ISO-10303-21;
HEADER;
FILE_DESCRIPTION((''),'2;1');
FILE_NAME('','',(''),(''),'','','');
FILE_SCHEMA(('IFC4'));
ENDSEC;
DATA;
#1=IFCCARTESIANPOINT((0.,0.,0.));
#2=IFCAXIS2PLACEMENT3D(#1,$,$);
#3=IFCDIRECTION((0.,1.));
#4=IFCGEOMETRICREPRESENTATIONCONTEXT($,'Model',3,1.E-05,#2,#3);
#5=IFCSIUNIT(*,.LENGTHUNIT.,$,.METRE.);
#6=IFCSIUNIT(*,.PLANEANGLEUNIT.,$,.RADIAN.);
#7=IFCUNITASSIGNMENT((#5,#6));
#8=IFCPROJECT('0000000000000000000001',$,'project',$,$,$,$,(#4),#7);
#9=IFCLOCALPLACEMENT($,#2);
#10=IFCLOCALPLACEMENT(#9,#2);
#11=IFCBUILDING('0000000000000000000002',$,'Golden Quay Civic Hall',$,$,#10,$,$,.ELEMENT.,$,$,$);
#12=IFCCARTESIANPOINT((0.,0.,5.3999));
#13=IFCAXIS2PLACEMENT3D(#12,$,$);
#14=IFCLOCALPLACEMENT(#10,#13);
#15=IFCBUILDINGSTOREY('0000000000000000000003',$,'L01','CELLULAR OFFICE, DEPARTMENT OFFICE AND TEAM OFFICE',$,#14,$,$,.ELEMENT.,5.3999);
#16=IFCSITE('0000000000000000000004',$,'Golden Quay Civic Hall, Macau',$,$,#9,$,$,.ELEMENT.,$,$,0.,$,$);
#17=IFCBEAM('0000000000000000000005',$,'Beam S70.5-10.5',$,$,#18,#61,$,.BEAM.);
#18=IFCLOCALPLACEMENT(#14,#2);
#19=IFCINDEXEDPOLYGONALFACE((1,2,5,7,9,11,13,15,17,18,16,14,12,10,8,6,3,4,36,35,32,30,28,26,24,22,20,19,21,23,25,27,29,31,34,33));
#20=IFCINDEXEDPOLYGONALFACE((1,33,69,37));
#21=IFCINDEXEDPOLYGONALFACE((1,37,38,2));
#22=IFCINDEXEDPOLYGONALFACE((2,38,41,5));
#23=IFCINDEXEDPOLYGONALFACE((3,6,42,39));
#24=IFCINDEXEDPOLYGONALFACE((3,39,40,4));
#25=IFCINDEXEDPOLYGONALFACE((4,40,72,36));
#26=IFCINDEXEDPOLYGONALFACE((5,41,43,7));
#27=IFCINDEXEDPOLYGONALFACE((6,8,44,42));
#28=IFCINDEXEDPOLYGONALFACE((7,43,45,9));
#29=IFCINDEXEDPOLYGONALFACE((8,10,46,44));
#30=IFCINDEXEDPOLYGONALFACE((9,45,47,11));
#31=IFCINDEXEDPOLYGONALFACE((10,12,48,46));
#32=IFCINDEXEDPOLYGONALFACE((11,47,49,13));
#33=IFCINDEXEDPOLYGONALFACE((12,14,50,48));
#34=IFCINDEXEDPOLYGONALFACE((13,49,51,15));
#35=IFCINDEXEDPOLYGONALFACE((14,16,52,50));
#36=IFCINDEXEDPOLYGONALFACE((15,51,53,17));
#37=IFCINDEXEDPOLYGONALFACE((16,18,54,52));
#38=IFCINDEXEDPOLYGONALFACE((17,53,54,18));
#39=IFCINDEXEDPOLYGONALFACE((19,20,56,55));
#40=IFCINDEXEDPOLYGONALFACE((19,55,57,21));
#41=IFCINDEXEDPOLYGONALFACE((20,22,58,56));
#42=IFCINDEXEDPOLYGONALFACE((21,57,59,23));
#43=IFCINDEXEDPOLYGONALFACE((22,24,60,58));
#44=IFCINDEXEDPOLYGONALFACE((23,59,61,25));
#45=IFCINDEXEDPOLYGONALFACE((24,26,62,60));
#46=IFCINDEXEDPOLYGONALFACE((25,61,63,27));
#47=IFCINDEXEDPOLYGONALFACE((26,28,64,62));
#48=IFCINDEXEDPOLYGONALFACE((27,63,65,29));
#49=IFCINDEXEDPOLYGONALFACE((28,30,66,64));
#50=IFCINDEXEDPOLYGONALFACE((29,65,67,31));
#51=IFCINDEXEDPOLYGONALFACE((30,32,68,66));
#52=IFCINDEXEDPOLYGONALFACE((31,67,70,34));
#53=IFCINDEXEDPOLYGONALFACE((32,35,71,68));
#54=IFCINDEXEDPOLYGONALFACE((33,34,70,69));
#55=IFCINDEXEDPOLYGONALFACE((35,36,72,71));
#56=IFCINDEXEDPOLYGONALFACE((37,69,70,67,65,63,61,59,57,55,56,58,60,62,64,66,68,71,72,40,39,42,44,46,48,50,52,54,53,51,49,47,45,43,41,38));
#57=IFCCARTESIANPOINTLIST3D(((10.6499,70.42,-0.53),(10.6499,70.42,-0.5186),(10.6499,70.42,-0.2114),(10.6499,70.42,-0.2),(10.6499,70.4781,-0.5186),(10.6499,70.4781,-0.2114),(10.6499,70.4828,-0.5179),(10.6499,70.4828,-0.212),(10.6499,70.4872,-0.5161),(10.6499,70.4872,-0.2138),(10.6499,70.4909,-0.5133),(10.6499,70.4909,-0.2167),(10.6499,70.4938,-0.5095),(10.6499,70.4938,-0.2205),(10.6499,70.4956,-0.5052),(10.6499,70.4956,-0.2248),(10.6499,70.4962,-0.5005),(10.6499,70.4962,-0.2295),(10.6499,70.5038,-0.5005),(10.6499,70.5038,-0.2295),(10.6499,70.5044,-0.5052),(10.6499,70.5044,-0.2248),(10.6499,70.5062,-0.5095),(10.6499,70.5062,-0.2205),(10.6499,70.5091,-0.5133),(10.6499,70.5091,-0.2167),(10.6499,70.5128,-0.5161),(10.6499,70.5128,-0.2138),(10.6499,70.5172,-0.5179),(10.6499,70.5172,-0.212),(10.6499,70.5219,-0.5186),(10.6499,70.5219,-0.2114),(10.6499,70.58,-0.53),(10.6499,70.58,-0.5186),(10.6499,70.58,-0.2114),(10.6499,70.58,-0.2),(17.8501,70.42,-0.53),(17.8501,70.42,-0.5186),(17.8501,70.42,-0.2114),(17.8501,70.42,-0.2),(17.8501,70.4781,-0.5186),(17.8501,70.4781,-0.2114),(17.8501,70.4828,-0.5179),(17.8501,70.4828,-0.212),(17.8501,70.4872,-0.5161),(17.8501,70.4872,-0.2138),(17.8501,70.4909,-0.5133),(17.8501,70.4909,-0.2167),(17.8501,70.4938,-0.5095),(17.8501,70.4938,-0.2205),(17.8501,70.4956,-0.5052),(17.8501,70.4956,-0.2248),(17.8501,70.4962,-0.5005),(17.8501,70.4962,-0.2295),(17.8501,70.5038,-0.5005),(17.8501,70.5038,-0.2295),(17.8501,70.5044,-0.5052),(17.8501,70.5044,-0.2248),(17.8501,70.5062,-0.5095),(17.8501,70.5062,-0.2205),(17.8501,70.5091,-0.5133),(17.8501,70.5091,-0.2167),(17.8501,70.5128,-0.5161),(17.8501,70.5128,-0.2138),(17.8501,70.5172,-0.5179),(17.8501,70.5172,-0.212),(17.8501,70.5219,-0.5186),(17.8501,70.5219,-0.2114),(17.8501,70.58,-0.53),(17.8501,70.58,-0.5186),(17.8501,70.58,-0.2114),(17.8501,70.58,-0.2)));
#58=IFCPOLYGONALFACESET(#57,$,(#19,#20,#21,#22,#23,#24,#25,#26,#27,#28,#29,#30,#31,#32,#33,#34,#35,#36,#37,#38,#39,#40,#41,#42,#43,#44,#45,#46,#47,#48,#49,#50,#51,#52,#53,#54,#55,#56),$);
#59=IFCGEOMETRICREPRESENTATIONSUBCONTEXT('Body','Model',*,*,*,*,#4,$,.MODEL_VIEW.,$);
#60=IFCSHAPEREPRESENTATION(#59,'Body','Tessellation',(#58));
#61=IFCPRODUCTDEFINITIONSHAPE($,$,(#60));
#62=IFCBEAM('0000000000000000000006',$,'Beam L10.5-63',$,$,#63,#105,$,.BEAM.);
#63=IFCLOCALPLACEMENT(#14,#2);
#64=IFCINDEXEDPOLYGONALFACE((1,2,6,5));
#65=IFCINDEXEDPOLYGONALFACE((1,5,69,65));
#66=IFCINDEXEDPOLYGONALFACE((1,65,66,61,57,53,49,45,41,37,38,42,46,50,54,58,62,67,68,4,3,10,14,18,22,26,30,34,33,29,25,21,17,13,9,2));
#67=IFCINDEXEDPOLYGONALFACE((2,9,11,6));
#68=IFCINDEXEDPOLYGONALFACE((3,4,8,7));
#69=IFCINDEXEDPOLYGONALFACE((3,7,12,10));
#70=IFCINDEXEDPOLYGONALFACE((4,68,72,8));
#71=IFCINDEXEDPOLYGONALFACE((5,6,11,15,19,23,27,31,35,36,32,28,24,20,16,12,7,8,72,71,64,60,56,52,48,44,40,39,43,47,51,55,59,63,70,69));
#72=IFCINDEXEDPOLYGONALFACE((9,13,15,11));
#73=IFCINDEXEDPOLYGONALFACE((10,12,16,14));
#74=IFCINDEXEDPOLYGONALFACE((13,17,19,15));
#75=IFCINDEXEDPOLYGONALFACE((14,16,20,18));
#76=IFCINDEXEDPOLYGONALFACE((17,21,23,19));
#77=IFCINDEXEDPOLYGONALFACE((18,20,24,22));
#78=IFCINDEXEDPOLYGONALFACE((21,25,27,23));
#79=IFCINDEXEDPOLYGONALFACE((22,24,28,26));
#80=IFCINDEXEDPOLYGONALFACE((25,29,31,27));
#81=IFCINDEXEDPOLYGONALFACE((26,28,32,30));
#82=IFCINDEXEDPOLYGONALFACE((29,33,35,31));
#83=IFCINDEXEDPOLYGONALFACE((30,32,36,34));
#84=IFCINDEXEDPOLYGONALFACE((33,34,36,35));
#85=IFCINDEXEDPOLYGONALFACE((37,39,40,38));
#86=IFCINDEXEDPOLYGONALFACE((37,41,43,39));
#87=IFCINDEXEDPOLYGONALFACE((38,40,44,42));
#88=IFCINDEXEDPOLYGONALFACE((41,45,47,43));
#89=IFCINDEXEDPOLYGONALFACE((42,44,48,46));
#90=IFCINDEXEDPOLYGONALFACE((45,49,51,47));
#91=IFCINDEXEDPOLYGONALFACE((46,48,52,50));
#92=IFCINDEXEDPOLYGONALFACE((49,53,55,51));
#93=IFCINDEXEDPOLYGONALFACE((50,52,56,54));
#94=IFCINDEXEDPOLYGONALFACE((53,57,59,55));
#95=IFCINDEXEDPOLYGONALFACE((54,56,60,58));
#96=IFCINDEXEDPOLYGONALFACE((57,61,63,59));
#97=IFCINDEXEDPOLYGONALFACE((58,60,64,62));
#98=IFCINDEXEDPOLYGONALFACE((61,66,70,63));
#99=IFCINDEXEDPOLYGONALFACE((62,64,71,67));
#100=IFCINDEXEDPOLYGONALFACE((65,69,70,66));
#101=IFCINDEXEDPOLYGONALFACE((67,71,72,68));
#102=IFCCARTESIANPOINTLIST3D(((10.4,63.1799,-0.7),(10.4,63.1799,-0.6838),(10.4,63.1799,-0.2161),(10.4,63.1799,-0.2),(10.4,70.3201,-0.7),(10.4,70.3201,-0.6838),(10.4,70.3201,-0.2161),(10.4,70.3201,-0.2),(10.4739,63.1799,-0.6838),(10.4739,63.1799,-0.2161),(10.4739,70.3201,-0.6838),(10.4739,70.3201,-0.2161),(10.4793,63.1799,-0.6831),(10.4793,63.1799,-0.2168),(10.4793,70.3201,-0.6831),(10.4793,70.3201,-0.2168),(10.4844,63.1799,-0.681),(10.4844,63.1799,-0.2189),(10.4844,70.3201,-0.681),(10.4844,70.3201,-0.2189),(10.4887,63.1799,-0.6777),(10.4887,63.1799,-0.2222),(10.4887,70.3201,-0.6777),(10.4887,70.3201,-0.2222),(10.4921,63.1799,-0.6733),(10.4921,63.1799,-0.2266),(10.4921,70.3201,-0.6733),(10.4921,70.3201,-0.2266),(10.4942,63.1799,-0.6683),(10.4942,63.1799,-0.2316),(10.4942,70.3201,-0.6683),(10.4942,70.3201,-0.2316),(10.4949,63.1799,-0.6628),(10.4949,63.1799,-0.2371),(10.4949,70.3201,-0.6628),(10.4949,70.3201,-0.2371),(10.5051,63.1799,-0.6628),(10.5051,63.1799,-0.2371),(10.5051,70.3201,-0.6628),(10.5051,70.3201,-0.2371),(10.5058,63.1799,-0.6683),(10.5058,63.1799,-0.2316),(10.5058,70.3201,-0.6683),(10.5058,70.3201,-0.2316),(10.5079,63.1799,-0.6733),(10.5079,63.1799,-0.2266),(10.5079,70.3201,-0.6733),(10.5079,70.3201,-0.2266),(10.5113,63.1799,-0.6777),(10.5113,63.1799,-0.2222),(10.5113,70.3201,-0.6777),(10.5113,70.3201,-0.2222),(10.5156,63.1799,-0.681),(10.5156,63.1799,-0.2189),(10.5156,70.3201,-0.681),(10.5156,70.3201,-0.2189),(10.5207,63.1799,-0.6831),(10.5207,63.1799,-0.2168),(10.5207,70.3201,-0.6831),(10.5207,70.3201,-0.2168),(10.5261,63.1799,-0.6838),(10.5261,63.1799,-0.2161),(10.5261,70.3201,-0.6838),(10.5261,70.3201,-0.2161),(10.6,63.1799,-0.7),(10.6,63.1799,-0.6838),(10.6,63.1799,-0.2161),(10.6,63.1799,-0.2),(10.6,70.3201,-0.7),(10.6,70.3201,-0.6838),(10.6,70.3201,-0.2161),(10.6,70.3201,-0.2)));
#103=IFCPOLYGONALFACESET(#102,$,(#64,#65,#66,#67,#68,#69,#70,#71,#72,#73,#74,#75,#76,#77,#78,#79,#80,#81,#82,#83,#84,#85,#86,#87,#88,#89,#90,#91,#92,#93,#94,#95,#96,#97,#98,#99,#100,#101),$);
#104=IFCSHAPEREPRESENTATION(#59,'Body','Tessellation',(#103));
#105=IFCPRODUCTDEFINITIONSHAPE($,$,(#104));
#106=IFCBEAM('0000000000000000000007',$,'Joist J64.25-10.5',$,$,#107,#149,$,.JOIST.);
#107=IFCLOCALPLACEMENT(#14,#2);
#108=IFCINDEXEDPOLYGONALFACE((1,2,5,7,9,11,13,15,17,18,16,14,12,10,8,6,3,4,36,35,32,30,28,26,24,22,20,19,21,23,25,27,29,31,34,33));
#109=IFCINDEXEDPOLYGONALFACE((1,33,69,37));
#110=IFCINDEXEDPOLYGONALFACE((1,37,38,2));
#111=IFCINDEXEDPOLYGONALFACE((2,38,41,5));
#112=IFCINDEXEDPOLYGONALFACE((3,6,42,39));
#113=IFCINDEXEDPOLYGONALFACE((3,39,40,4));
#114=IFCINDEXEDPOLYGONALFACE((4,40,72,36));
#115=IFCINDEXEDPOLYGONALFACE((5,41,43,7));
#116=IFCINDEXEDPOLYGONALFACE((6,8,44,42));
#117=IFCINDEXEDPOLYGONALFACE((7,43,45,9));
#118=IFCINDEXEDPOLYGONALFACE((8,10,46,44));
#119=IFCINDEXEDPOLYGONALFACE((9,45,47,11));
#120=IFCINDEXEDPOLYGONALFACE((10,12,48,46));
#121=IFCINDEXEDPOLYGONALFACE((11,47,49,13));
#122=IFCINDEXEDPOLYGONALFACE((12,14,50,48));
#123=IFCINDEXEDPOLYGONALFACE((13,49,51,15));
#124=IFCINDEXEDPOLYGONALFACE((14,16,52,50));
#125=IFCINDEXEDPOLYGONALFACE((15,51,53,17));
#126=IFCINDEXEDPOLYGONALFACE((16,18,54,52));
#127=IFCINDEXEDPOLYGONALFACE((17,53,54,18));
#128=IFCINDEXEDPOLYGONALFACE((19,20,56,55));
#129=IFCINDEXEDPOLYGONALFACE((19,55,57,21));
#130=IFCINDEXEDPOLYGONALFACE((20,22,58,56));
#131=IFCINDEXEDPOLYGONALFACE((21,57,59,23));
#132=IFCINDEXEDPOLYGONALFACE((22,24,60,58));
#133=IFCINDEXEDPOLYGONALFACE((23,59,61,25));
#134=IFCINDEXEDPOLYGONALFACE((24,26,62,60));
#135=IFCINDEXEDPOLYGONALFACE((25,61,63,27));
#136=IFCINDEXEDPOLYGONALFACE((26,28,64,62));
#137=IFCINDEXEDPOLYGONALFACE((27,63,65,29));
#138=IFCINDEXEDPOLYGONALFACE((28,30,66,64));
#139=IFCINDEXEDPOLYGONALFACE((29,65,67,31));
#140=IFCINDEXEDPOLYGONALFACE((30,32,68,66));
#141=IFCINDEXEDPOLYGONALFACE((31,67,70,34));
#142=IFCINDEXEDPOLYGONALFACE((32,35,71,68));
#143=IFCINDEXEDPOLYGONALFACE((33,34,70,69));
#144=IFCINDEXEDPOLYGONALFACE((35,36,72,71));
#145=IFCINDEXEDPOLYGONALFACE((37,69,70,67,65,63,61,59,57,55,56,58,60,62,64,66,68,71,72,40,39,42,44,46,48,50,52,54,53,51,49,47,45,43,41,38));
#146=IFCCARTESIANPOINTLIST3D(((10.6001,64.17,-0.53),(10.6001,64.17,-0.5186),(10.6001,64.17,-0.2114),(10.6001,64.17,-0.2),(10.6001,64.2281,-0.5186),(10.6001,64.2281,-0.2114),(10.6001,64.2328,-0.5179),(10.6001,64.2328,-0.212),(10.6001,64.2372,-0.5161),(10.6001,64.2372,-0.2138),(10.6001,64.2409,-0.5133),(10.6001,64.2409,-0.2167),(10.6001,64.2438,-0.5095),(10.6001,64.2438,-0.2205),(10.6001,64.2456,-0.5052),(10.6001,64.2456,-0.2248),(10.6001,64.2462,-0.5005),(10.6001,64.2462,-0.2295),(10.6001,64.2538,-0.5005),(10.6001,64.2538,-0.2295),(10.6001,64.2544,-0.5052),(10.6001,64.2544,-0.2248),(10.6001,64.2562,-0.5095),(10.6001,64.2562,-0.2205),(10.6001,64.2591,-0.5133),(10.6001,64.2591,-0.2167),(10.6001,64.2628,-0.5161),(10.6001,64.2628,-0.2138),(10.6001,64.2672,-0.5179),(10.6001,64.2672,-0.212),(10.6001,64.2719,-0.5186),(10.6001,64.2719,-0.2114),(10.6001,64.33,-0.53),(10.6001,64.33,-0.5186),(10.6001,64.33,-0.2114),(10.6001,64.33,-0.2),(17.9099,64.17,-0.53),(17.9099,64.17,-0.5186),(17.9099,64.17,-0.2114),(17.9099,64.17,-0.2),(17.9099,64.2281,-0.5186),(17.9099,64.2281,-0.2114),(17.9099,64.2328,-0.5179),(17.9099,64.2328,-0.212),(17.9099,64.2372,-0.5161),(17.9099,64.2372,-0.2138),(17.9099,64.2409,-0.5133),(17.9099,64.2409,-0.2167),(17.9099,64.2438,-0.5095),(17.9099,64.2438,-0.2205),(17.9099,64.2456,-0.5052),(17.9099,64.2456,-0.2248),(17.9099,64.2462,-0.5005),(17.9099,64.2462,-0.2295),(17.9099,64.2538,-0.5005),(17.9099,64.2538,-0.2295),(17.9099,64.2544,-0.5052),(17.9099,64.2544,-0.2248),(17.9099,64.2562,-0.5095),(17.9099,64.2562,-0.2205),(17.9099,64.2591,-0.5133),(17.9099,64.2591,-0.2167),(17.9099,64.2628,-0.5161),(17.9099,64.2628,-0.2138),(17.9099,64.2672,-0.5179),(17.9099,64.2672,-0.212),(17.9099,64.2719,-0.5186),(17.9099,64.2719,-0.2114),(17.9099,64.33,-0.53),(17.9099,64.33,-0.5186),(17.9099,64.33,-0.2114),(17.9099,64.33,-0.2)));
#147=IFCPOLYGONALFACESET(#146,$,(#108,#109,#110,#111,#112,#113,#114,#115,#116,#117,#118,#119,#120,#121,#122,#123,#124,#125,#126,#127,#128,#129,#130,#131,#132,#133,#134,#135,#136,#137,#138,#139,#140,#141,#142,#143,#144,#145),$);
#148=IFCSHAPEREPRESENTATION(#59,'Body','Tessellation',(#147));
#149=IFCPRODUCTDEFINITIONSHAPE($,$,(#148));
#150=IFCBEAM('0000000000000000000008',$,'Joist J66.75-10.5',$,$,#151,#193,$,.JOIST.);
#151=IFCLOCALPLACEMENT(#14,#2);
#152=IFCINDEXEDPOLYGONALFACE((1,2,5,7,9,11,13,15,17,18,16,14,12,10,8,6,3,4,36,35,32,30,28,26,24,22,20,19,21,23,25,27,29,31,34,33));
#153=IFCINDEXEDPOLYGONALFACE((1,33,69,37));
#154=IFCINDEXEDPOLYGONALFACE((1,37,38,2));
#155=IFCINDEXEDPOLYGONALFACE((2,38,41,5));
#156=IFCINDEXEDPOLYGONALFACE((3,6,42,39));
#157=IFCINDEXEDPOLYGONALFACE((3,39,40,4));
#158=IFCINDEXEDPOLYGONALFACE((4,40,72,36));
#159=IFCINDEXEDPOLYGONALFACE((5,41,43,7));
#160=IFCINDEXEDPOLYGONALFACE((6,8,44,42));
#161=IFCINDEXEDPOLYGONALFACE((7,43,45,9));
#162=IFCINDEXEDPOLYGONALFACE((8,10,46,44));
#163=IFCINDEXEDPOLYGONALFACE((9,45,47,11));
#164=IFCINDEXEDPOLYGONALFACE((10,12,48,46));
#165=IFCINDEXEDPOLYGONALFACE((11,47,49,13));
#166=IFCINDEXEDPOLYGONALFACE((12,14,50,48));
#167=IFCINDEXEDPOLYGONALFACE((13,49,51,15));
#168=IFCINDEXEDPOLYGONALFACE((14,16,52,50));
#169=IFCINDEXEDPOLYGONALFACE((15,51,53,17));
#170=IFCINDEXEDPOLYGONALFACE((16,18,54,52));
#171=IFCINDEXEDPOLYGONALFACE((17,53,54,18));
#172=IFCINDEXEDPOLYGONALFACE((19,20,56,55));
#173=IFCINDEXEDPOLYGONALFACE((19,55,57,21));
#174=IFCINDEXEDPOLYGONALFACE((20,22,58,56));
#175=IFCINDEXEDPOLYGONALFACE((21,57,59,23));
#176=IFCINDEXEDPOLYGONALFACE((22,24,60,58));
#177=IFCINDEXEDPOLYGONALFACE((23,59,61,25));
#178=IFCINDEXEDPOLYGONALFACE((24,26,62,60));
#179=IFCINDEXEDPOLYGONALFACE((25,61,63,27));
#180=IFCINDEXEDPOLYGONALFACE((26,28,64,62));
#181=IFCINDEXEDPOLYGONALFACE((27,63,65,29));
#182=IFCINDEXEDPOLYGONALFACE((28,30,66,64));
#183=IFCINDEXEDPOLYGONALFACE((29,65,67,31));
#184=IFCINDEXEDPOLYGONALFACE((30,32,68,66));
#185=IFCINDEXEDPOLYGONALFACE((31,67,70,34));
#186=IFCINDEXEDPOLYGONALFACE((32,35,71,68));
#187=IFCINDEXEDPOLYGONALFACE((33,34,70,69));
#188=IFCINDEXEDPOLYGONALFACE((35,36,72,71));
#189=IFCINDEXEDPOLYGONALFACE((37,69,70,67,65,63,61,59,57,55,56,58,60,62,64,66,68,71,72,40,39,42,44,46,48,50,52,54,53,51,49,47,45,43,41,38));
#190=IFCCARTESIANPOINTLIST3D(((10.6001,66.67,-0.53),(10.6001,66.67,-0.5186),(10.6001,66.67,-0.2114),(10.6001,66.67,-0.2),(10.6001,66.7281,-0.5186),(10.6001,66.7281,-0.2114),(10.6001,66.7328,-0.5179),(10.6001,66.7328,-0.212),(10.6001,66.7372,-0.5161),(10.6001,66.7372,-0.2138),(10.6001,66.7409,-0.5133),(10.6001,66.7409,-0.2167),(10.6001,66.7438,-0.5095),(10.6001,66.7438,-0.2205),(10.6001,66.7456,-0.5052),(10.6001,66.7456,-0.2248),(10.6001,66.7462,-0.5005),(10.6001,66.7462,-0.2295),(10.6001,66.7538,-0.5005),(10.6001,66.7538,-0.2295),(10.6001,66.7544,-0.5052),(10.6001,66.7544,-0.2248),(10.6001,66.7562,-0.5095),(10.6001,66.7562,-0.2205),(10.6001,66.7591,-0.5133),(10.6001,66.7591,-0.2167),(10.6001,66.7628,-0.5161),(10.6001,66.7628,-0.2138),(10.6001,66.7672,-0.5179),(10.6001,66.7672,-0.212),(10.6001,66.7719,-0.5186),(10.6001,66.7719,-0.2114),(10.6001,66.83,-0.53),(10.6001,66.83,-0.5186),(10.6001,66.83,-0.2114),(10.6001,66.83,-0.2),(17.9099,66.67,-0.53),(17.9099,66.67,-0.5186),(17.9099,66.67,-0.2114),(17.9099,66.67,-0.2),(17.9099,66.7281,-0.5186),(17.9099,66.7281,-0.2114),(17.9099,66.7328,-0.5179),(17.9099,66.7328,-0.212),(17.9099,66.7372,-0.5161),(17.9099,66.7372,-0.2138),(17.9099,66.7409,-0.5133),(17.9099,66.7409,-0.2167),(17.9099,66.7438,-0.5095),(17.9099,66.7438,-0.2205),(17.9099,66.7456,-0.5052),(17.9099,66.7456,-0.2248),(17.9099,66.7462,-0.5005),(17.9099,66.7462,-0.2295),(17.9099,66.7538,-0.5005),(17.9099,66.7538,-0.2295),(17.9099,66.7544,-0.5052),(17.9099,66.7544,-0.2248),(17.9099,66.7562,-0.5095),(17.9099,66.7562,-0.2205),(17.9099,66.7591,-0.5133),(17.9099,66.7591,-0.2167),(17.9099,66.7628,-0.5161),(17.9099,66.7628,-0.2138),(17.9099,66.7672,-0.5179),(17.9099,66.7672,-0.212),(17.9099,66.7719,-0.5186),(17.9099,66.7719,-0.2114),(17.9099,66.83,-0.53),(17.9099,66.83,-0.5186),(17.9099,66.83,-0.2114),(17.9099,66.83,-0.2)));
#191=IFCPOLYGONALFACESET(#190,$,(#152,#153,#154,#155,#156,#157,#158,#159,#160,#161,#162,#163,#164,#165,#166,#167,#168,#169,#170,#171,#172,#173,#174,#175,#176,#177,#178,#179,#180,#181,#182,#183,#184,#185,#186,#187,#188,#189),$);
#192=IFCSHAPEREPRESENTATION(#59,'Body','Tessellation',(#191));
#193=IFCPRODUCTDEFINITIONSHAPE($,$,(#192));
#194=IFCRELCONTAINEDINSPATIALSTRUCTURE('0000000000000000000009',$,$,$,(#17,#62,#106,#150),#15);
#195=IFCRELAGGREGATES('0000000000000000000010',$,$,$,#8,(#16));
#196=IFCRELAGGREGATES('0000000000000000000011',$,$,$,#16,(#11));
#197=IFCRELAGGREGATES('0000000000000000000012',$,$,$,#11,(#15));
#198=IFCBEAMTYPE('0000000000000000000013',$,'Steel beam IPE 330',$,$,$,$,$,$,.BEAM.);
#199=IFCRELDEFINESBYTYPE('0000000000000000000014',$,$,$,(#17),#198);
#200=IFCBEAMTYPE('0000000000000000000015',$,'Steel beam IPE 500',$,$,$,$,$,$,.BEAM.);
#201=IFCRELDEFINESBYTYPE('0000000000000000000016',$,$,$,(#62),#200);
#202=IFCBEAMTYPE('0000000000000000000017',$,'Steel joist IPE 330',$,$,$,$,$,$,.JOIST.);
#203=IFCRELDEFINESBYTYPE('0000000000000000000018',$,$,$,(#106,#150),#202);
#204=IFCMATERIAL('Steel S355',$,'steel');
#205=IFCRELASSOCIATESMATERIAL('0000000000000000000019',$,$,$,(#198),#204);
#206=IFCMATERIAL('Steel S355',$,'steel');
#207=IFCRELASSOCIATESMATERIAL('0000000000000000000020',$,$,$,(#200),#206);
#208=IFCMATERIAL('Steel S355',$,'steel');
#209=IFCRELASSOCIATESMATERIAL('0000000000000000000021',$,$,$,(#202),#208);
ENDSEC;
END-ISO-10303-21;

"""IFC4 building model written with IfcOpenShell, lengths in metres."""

from ifc_helpers import new_model, si_unit, direction, frame, origin, origin_2d, place, context, subcontext, project, spatial, i_section, extrude, material, material_profile, profile_set, type_object, element, save


model = new_model("IFC4")

# Units and contexts
model_context = context("Model", 3, precision=1e-05, world=origin(), true_north=direction((0.0, 1.0)))
body_context = subcontext(model_context, "Body", "Model", "MODEL_VIEW")
ifc_project = project(units=[si_unit("LENGTHUNIT", "METRE"), si_unit("PLANEANGLEUNIT", "RADIAN")], contexts=[model_context])

# Site, building, storey
site_placement = place(None, origin())
site = spatial("IfcSite", under=ifc_project, at=site_placement, Name="Golden Quay Civic Hall, Macau", CompositionType="ELEMENT", RefElevation=0.0)
building_placement = place(site_placement, origin())
building = spatial("IfcBuilding", under=site, at=building_placement, Name="Golden Quay Civic Hall", CompositionType="ELEMENT")
storey_placement = place(building_placement, frame((0.0, 0.0, 5.3999)))
storey = spatial("IfcBuildingStorey", under=building, at=storey_placement, Name="L01", Description="CELLULAR OFFICE, DEPARTMENT OFFICE AND TEAM OFFICE", CompositionType="ELEMENT", Elevation=5.3999)

# Beams
ifc_material_1 = material(Name="Steel S355", Category="steel")
ifc_material_profile_1 = material_profile(ifc_material_1, i_section(OverallWidth=0.1599, OverallDepth=0.3301, WebThickness=0.0076, FlangeThickness=0.0115, FilletRadius=0.0181, at=origin_2d()), Name="IPE 330")
ifc_profile_set_1 = profile_set([ifc_material_profile_1], Name="Steel S355")
beam_type_1 = type_object("IfcBeamType", Name="Steel beam IPE 330", PredefinedType="BEAM", material=ifc_profile_set_1)
for number, where, z_axis, x_axis, name in (
    (1, (10.6499, 70.5, -0.365), (1.0, 0.0, 0.0), (0.0, 1.0, 0.0), "Beam S70.5-10.5"),
):
    element("IfcBeam", number, at=place(storey_placement, frame(where, z_axis=z_axis, x_axis=x_axis)), inside=storey, type_object=beam_type_1, Name=name, PredefinedType="BEAM", context=body_context, shape_type="SweptSolid", body=[
        extrude(i_section(OverallWidth=0.1599, OverallDepth=0.3301, WebThickness=0.0076, FlangeThickness=0.0115, FilletRadius=0.0181, at=origin_2d()), origin(), (0.0, 0.0, 1.0), 7.2002),
    ])
ifc_material_2 = material(Name="Steel S355", Category="steel")
ifc_material_profile_2 = material_profile(ifc_material_2, i_section(OverallWidth=0.2, OverallDepth=0.5, WebThickness=0.0103, FlangeThickness=0.0161, FilletRadius=0.021, at=origin_2d()), Name="IPE 500")
ifc_profile_set_2 = profile_set([ifc_material_profile_2], Name="Steel S355")
beam_type_2 = type_object("IfcBeamType", Name="Steel beam IPE 500", PredefinedType="BEAM", material=ifc_profile_set_2)
beam_1_placement = place(storey_placement, frame((10.5, 63.1799, -0.45), z_axis=(0.0, 1.0, 0.0), x_axis=(-1.0, 0.0, 0.0)))
element("IfcBeam", 2, at=beam_1_placement, inside=storey, type_object=beam_type_2, Name="Beam L10.5-63", PredefinedType="BEAM", context=body_context, shape_type="SweptSolid", body=[
    extrude(i_section(OverallWidth=0.2, OverallDepth=0.5, WebThickness=0.0103, FlangeThickness=0.0161, FilletRadius=0.021, at=origin_2d()), origin(), (0.0, 0.0, 1.0), 7.1401),
])
ifc_material_3 = material(Name="Steel S355", Category="steel")
ifc_material_profile_3 = material_profile(ifc_material_3, i_section(OverallWidth=0.1599, OverallDepth=0.3301, WebThickness=0.0076, FlangeThickness=0.0115, FilletRadius=0.0181, at=origin_2d()), Name="IPE 330")
ifc_profile_set_3 = profile_set([ifc_material_profile_3], Name="Steel S355")
beam_type_3 = type_object("IfcBeamType", Name="Steel joist IPE 330", PredefinedType="JOIST", material=ifc_profile_set_3)
for number, where, z_axis, x_axis, name in (
    (3, (10.6001, 64.25, -0.365), (1.0, 0.0, 0.0), (0.0, 1.0, 0.0), "Joist J64.25-10.5"),
    (4, (10.6001, 66.75, -0.365), (1.0, 0.0, 0.0), (0.0, 1.0, 0.0), "Joist J66.75-10.5"),
):
    element("IfcBeam", number, at=place(storey_placement, frame(where, z_axis=z_axis, x_axis=x_axis)), inside=storey, type_object=beam_type_3, Name=name, PredefinedType="JOIST", context=body_context, shape_type="SweptSolid", body=[
        extrude(i_section(OverallWidth=0.1599, OverallDepth=0.3301, WebThickness=0.0076, FlangeThickness=0.0115, FilletRadius=0.0181, at=origin_2d()), origin(), (0.0, 0.0, 1.0), 7.3098),
    ])

save(model, "model.ifc")
